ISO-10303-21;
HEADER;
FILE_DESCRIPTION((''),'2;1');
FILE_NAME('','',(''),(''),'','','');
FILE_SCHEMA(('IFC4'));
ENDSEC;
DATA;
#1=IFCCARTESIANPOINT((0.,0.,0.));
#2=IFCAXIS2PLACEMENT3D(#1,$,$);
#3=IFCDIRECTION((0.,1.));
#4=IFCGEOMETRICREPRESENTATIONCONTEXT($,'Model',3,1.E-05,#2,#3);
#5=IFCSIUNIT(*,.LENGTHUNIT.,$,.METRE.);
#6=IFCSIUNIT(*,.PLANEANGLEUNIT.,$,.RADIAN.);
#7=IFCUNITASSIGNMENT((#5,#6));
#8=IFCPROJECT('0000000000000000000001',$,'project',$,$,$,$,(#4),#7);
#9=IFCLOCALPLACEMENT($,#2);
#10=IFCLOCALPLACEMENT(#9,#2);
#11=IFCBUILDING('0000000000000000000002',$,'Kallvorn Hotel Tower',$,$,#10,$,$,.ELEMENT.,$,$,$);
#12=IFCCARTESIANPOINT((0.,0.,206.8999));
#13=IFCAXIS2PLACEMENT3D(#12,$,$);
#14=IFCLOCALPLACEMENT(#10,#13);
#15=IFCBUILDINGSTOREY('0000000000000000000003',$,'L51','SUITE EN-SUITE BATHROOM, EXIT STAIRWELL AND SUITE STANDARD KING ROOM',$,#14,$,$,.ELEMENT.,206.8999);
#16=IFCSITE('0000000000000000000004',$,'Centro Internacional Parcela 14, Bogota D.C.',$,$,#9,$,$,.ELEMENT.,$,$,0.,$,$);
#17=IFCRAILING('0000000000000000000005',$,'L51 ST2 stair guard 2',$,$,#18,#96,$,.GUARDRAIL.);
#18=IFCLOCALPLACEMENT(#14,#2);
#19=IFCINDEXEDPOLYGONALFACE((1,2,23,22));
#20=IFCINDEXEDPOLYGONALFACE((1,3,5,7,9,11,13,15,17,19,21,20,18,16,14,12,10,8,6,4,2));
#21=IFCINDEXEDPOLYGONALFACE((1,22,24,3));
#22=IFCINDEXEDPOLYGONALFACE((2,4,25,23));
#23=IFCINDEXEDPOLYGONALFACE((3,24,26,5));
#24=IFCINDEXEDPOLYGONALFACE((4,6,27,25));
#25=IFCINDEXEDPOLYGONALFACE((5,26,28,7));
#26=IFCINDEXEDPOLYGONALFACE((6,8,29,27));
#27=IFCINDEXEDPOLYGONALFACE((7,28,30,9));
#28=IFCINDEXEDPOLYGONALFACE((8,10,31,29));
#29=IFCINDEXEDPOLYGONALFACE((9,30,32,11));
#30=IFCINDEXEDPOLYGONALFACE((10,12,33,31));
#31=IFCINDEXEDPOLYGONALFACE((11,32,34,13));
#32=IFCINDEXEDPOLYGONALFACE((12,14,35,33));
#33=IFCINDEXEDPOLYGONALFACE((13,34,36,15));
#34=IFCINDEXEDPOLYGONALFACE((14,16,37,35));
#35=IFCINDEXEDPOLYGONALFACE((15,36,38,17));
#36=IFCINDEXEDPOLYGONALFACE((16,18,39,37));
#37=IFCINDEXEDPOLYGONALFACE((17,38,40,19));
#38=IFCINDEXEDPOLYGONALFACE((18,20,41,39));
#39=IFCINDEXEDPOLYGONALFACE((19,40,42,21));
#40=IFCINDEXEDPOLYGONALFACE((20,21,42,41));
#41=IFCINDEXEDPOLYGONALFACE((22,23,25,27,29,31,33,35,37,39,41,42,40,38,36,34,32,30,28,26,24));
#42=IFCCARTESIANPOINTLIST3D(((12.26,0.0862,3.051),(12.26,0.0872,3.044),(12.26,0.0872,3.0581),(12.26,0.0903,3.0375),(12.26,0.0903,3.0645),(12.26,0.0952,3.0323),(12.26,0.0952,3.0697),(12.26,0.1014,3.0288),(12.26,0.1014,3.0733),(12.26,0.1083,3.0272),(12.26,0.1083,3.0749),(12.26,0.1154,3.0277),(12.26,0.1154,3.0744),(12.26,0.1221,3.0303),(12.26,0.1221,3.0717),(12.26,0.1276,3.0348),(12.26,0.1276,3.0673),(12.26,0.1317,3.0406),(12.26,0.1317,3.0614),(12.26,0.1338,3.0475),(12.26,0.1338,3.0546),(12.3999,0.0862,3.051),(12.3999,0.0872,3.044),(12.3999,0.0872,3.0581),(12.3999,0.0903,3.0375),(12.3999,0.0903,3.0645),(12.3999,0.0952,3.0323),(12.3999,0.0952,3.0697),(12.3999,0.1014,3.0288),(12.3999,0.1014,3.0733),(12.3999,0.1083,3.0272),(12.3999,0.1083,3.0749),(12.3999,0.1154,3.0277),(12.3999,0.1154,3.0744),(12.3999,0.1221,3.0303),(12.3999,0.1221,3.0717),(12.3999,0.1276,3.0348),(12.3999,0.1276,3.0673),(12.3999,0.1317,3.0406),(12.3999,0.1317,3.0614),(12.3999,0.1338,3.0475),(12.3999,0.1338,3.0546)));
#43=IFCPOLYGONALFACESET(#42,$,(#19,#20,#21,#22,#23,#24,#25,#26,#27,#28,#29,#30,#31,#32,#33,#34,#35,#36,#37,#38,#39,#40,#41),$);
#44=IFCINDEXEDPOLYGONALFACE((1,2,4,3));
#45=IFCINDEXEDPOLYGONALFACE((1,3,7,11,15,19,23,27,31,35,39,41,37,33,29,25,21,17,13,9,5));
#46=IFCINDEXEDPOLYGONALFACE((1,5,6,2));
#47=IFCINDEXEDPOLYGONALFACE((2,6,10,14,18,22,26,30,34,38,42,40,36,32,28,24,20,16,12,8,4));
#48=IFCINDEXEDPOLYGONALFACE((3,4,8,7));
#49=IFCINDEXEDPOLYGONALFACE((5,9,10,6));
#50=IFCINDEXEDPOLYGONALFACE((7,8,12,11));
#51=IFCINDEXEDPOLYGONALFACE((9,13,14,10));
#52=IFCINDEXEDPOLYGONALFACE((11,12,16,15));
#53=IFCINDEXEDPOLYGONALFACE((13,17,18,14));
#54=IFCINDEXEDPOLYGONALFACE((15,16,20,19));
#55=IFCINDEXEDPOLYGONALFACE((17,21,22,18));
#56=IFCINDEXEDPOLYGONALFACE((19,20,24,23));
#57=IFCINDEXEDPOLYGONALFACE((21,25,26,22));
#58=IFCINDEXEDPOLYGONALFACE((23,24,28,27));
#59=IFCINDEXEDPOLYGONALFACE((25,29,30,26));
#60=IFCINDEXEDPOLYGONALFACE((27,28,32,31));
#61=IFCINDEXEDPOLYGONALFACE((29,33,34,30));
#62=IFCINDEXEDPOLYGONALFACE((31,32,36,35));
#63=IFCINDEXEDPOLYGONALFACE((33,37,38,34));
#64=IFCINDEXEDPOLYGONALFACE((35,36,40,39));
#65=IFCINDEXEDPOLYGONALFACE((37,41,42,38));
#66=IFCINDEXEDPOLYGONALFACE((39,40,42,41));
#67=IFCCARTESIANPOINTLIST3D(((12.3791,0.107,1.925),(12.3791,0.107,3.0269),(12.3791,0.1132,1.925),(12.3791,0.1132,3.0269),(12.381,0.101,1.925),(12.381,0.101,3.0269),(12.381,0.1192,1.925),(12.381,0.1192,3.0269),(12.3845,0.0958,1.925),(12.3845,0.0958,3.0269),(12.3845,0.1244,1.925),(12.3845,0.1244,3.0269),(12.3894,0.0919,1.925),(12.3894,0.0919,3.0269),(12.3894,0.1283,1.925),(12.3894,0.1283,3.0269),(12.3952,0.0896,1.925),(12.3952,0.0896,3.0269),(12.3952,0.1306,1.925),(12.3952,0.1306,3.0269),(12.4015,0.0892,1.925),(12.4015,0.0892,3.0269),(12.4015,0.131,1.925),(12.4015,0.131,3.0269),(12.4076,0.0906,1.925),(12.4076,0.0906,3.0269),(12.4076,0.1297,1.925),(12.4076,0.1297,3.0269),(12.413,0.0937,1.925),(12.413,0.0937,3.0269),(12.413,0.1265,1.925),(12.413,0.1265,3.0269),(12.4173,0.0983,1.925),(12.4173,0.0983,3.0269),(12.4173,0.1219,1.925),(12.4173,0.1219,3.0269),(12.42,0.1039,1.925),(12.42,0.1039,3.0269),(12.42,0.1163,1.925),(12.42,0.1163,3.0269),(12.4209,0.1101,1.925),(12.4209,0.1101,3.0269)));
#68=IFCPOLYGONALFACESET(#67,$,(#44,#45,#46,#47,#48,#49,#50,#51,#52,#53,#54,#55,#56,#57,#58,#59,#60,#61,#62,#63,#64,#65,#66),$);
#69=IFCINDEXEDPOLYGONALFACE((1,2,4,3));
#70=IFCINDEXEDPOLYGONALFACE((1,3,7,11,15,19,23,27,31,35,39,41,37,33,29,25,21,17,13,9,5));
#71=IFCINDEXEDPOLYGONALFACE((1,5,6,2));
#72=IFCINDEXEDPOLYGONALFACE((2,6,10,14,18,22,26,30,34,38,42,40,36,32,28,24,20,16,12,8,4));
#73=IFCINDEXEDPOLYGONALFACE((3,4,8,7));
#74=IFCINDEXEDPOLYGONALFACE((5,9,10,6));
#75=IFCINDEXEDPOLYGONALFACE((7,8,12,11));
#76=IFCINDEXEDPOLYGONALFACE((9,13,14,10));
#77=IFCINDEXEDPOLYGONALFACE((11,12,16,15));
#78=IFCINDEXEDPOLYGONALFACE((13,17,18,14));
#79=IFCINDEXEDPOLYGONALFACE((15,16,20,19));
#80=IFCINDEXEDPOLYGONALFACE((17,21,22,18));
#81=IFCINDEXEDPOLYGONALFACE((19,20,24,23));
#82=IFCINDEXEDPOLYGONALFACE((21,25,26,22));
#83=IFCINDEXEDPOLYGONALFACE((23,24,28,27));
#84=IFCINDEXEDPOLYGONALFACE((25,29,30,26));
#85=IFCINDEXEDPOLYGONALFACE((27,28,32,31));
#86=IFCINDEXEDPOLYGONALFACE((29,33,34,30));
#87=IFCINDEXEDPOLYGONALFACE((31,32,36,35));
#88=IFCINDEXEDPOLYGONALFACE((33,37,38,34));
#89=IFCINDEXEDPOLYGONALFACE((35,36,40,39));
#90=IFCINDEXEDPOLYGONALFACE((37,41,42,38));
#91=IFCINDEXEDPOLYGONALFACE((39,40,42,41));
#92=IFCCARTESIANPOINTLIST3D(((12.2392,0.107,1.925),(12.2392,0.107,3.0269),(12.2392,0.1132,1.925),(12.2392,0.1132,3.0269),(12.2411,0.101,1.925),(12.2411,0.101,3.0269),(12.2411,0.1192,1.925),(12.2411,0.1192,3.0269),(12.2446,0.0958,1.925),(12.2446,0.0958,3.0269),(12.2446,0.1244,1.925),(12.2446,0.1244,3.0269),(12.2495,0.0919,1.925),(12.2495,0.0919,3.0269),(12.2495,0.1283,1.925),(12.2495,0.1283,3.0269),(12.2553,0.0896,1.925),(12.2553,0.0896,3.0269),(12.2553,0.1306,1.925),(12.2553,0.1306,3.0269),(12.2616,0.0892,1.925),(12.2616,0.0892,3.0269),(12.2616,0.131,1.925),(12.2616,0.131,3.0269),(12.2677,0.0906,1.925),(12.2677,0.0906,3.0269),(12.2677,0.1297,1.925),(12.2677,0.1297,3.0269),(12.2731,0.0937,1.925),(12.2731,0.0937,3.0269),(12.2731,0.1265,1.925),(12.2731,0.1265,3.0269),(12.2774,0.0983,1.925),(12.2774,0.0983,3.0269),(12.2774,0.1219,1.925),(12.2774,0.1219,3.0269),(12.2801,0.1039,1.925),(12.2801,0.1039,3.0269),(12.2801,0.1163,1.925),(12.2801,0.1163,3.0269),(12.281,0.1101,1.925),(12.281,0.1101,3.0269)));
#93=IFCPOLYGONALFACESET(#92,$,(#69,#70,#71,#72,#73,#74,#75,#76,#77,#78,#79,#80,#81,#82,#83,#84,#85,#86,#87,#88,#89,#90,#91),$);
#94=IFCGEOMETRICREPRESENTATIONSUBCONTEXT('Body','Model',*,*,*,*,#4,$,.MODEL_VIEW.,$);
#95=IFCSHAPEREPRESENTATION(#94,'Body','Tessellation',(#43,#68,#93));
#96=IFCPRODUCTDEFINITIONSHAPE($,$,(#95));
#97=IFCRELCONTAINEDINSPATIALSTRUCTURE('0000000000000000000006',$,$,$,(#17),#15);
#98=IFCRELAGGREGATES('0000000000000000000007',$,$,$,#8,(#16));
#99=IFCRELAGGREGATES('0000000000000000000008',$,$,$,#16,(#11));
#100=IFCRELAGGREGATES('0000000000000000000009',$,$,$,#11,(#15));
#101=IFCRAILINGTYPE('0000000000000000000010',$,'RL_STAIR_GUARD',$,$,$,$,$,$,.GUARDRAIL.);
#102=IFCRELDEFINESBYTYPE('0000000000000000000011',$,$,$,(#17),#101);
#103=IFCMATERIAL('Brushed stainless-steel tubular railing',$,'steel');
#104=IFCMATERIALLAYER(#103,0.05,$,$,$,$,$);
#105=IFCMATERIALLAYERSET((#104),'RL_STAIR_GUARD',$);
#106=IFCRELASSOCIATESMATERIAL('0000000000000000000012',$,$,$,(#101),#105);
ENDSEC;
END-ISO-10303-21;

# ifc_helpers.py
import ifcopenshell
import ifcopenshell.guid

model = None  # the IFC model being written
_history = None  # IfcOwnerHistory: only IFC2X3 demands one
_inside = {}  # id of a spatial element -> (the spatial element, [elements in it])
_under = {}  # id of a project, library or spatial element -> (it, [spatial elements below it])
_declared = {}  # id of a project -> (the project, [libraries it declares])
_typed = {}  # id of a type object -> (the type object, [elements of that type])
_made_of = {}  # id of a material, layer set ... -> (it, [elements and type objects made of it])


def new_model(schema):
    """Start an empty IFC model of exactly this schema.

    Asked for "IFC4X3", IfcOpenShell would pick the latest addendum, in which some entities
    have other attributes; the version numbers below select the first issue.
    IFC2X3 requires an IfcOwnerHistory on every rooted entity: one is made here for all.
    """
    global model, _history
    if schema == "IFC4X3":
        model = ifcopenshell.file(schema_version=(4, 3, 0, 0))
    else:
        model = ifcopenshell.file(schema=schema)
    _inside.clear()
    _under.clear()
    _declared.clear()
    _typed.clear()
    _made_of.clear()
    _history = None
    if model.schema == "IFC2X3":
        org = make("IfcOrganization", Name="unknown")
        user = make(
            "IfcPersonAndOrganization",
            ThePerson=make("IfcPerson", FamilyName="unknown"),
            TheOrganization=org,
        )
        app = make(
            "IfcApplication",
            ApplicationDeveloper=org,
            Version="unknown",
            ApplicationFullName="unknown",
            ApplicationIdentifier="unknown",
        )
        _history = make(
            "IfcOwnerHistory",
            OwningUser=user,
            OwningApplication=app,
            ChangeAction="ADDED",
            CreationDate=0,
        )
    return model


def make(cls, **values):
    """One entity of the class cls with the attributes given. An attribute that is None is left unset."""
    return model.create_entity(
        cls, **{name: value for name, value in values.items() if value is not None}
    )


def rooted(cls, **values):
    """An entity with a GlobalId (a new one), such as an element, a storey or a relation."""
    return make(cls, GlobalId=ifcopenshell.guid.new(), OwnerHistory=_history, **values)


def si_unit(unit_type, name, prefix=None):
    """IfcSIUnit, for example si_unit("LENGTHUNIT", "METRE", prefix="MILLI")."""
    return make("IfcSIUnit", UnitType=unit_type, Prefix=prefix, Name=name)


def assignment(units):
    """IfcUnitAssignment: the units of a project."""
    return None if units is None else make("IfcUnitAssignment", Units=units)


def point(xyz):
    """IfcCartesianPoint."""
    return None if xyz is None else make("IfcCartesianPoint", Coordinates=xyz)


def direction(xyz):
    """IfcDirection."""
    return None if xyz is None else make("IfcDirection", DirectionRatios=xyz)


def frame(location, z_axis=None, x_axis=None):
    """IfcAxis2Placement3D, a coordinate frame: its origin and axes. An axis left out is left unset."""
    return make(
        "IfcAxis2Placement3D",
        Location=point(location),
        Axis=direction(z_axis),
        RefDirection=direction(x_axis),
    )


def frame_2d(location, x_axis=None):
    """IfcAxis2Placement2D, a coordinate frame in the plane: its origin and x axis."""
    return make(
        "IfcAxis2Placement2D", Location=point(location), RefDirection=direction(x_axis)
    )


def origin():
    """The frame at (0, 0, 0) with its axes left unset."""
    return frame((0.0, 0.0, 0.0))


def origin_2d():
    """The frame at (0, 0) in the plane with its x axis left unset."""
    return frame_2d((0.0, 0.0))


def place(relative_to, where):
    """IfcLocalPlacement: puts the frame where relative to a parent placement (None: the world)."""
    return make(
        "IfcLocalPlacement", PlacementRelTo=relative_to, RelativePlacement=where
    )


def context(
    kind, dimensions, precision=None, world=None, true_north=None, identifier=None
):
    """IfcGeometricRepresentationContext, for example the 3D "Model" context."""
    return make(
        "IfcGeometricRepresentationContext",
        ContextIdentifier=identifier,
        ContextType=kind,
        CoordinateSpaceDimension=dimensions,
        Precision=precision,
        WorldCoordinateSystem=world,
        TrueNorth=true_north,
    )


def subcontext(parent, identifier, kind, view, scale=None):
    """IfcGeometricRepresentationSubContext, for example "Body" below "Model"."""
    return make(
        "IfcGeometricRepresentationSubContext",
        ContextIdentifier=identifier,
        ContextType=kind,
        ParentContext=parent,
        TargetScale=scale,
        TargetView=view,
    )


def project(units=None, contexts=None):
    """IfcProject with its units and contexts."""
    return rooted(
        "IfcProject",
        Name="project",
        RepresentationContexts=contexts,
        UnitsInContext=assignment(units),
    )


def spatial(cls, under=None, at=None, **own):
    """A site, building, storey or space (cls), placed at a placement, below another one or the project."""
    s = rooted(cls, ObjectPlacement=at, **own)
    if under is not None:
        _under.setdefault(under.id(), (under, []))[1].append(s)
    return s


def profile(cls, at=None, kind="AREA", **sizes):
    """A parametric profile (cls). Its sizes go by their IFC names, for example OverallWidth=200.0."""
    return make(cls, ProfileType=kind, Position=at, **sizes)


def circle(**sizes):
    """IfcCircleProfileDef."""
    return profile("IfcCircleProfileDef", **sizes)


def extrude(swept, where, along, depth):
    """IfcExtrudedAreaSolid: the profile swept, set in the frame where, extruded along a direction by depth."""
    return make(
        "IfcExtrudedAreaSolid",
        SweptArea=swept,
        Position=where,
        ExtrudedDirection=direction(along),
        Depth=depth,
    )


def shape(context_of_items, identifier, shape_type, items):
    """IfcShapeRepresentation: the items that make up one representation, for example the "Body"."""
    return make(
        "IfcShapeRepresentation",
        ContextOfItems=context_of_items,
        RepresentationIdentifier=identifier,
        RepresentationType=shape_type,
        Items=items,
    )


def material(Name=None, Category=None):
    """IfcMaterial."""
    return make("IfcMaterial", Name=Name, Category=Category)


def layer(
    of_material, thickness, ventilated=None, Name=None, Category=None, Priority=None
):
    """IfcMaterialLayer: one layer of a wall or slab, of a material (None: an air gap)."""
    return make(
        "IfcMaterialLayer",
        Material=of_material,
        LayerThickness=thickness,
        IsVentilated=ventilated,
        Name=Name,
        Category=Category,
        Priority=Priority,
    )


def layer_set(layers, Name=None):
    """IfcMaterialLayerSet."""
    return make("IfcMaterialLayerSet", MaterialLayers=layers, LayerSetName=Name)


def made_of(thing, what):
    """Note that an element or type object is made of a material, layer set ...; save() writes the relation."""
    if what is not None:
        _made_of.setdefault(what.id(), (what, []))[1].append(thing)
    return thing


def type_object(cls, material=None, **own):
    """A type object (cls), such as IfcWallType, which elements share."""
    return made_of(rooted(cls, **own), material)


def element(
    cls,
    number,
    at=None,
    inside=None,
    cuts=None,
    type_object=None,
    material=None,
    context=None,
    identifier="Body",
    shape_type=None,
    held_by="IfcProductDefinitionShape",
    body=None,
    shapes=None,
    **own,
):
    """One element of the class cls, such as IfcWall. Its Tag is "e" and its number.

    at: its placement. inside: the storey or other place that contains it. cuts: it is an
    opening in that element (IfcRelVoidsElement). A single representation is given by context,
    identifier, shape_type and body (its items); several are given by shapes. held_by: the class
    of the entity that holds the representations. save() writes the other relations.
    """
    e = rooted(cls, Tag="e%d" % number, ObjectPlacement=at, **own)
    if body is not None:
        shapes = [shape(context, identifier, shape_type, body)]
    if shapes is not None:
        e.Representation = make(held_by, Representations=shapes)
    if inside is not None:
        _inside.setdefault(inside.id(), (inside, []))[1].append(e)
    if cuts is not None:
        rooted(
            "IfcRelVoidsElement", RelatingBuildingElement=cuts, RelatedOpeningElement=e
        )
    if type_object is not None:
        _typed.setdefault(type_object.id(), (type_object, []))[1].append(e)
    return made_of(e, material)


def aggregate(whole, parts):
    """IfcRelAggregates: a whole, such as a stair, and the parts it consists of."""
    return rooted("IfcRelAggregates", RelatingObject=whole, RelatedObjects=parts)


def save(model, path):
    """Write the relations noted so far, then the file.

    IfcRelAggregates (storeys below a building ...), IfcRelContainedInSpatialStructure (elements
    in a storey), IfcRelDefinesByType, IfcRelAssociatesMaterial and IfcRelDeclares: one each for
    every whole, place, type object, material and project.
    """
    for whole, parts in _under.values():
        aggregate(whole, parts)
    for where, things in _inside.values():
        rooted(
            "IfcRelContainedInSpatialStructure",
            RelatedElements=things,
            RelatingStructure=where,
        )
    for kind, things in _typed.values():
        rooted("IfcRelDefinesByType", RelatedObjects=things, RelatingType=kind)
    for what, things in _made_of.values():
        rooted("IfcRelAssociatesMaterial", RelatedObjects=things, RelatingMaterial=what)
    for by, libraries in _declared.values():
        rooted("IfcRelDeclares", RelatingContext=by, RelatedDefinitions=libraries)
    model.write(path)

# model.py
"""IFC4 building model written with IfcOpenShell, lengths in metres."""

from ifc_helpers import new_model, si_unit, direction, frame, origin, origin_2d, place, context, subcontext, project, spatial, circle, extrude, material, layer, layer_set, type_object, element, save


model = new_model("IFC4")

# Units and contexts
model_context = context("Model", 3, precision=1e-05, world=origin(), true_north=direction((0.0, 1.0)))
body_context = subcontext(model_context, "Body", "Model", "MODEL_VIEW")
ifc_project = project(units=[si_unit("LENGTHUNIT", "METRE"), si_unit("PLANEANGLEUNIT", "RADIAN")], contexts=[model_context])

# Site, building, storey
site_placement = place(None, origin())
site = spatial("IfcSite", under=ifc_project, at=site_placement, Name="Centro Internacional Parcela 14, Bogota D.C.", CompositionType="ELEMENT", RefElevation=0.0)
building_placement = place(site_placement, origin())
building = spatial("IfcBuilding", under=site, at=building_placement, Name="Kallvorn Hotel Tower", CompositionType="ELEMENT")
storey_placement = place(building_placement, frame((0.0, 0.0, 206.8999)))
storey = spatial("IfcBuildingStorey", under=building, at=storey_placement, Name="L51", Description="SUITE EN-SUITE BATHROOM, EXIT STAIRWELL AND SUITE STANDARD KING ROOM", CompositionType="ELEMENT", Elevation=206.8999)

# Railing
ifc_material_1 = material(Name="Brushed stainless-steel tubular railing", Category="steel")
ifc_layer_1 = layer(ifc_material_1, 0.05)
ifc_layer_set_1 = layer_set([ifc_layer_1], Name="RL_STAIR_GUARD")
railing_type_1 = type_object("IfcRailingType", Name="RL_STAIR_GUARD", PredefinedType="GUARDRAIL", material=ifc_layer_set_1)
railing_1_placement = place(storey_placement, frame((12.3999, 0.1101, 1.925)))
element("IfcRailing", 1, at=railing_1_placement, inside=storey, type_object=railing_type_1, Name="L51 ST2 stair guard 2", PredefinedType="GUARDRAIL", context=body_context, shape_type="SweptSolid", body=[
    extrude(circle(Radius=0.0239, at=origin_2d()), frame((0.0, 0.0, 1.126), z_axis=(-1.0, 0.0, 0.0), x_axis=(0.0, -1.0, 0.0)), (0.0, 0.0, 1.0), 0.1399),
    extrude(circle(Radius=0.021, at=origin_2d()), origin(), (0.0, 0.0, 1.0), 1.1018),
    extrude(circle(Radius=0.021, at=origin_2d()), frame((-0.1399, 0.0, 0.0)), (0.0, 0.0, 1.0), 1.1018),
])

save(model, "model.ifc")
